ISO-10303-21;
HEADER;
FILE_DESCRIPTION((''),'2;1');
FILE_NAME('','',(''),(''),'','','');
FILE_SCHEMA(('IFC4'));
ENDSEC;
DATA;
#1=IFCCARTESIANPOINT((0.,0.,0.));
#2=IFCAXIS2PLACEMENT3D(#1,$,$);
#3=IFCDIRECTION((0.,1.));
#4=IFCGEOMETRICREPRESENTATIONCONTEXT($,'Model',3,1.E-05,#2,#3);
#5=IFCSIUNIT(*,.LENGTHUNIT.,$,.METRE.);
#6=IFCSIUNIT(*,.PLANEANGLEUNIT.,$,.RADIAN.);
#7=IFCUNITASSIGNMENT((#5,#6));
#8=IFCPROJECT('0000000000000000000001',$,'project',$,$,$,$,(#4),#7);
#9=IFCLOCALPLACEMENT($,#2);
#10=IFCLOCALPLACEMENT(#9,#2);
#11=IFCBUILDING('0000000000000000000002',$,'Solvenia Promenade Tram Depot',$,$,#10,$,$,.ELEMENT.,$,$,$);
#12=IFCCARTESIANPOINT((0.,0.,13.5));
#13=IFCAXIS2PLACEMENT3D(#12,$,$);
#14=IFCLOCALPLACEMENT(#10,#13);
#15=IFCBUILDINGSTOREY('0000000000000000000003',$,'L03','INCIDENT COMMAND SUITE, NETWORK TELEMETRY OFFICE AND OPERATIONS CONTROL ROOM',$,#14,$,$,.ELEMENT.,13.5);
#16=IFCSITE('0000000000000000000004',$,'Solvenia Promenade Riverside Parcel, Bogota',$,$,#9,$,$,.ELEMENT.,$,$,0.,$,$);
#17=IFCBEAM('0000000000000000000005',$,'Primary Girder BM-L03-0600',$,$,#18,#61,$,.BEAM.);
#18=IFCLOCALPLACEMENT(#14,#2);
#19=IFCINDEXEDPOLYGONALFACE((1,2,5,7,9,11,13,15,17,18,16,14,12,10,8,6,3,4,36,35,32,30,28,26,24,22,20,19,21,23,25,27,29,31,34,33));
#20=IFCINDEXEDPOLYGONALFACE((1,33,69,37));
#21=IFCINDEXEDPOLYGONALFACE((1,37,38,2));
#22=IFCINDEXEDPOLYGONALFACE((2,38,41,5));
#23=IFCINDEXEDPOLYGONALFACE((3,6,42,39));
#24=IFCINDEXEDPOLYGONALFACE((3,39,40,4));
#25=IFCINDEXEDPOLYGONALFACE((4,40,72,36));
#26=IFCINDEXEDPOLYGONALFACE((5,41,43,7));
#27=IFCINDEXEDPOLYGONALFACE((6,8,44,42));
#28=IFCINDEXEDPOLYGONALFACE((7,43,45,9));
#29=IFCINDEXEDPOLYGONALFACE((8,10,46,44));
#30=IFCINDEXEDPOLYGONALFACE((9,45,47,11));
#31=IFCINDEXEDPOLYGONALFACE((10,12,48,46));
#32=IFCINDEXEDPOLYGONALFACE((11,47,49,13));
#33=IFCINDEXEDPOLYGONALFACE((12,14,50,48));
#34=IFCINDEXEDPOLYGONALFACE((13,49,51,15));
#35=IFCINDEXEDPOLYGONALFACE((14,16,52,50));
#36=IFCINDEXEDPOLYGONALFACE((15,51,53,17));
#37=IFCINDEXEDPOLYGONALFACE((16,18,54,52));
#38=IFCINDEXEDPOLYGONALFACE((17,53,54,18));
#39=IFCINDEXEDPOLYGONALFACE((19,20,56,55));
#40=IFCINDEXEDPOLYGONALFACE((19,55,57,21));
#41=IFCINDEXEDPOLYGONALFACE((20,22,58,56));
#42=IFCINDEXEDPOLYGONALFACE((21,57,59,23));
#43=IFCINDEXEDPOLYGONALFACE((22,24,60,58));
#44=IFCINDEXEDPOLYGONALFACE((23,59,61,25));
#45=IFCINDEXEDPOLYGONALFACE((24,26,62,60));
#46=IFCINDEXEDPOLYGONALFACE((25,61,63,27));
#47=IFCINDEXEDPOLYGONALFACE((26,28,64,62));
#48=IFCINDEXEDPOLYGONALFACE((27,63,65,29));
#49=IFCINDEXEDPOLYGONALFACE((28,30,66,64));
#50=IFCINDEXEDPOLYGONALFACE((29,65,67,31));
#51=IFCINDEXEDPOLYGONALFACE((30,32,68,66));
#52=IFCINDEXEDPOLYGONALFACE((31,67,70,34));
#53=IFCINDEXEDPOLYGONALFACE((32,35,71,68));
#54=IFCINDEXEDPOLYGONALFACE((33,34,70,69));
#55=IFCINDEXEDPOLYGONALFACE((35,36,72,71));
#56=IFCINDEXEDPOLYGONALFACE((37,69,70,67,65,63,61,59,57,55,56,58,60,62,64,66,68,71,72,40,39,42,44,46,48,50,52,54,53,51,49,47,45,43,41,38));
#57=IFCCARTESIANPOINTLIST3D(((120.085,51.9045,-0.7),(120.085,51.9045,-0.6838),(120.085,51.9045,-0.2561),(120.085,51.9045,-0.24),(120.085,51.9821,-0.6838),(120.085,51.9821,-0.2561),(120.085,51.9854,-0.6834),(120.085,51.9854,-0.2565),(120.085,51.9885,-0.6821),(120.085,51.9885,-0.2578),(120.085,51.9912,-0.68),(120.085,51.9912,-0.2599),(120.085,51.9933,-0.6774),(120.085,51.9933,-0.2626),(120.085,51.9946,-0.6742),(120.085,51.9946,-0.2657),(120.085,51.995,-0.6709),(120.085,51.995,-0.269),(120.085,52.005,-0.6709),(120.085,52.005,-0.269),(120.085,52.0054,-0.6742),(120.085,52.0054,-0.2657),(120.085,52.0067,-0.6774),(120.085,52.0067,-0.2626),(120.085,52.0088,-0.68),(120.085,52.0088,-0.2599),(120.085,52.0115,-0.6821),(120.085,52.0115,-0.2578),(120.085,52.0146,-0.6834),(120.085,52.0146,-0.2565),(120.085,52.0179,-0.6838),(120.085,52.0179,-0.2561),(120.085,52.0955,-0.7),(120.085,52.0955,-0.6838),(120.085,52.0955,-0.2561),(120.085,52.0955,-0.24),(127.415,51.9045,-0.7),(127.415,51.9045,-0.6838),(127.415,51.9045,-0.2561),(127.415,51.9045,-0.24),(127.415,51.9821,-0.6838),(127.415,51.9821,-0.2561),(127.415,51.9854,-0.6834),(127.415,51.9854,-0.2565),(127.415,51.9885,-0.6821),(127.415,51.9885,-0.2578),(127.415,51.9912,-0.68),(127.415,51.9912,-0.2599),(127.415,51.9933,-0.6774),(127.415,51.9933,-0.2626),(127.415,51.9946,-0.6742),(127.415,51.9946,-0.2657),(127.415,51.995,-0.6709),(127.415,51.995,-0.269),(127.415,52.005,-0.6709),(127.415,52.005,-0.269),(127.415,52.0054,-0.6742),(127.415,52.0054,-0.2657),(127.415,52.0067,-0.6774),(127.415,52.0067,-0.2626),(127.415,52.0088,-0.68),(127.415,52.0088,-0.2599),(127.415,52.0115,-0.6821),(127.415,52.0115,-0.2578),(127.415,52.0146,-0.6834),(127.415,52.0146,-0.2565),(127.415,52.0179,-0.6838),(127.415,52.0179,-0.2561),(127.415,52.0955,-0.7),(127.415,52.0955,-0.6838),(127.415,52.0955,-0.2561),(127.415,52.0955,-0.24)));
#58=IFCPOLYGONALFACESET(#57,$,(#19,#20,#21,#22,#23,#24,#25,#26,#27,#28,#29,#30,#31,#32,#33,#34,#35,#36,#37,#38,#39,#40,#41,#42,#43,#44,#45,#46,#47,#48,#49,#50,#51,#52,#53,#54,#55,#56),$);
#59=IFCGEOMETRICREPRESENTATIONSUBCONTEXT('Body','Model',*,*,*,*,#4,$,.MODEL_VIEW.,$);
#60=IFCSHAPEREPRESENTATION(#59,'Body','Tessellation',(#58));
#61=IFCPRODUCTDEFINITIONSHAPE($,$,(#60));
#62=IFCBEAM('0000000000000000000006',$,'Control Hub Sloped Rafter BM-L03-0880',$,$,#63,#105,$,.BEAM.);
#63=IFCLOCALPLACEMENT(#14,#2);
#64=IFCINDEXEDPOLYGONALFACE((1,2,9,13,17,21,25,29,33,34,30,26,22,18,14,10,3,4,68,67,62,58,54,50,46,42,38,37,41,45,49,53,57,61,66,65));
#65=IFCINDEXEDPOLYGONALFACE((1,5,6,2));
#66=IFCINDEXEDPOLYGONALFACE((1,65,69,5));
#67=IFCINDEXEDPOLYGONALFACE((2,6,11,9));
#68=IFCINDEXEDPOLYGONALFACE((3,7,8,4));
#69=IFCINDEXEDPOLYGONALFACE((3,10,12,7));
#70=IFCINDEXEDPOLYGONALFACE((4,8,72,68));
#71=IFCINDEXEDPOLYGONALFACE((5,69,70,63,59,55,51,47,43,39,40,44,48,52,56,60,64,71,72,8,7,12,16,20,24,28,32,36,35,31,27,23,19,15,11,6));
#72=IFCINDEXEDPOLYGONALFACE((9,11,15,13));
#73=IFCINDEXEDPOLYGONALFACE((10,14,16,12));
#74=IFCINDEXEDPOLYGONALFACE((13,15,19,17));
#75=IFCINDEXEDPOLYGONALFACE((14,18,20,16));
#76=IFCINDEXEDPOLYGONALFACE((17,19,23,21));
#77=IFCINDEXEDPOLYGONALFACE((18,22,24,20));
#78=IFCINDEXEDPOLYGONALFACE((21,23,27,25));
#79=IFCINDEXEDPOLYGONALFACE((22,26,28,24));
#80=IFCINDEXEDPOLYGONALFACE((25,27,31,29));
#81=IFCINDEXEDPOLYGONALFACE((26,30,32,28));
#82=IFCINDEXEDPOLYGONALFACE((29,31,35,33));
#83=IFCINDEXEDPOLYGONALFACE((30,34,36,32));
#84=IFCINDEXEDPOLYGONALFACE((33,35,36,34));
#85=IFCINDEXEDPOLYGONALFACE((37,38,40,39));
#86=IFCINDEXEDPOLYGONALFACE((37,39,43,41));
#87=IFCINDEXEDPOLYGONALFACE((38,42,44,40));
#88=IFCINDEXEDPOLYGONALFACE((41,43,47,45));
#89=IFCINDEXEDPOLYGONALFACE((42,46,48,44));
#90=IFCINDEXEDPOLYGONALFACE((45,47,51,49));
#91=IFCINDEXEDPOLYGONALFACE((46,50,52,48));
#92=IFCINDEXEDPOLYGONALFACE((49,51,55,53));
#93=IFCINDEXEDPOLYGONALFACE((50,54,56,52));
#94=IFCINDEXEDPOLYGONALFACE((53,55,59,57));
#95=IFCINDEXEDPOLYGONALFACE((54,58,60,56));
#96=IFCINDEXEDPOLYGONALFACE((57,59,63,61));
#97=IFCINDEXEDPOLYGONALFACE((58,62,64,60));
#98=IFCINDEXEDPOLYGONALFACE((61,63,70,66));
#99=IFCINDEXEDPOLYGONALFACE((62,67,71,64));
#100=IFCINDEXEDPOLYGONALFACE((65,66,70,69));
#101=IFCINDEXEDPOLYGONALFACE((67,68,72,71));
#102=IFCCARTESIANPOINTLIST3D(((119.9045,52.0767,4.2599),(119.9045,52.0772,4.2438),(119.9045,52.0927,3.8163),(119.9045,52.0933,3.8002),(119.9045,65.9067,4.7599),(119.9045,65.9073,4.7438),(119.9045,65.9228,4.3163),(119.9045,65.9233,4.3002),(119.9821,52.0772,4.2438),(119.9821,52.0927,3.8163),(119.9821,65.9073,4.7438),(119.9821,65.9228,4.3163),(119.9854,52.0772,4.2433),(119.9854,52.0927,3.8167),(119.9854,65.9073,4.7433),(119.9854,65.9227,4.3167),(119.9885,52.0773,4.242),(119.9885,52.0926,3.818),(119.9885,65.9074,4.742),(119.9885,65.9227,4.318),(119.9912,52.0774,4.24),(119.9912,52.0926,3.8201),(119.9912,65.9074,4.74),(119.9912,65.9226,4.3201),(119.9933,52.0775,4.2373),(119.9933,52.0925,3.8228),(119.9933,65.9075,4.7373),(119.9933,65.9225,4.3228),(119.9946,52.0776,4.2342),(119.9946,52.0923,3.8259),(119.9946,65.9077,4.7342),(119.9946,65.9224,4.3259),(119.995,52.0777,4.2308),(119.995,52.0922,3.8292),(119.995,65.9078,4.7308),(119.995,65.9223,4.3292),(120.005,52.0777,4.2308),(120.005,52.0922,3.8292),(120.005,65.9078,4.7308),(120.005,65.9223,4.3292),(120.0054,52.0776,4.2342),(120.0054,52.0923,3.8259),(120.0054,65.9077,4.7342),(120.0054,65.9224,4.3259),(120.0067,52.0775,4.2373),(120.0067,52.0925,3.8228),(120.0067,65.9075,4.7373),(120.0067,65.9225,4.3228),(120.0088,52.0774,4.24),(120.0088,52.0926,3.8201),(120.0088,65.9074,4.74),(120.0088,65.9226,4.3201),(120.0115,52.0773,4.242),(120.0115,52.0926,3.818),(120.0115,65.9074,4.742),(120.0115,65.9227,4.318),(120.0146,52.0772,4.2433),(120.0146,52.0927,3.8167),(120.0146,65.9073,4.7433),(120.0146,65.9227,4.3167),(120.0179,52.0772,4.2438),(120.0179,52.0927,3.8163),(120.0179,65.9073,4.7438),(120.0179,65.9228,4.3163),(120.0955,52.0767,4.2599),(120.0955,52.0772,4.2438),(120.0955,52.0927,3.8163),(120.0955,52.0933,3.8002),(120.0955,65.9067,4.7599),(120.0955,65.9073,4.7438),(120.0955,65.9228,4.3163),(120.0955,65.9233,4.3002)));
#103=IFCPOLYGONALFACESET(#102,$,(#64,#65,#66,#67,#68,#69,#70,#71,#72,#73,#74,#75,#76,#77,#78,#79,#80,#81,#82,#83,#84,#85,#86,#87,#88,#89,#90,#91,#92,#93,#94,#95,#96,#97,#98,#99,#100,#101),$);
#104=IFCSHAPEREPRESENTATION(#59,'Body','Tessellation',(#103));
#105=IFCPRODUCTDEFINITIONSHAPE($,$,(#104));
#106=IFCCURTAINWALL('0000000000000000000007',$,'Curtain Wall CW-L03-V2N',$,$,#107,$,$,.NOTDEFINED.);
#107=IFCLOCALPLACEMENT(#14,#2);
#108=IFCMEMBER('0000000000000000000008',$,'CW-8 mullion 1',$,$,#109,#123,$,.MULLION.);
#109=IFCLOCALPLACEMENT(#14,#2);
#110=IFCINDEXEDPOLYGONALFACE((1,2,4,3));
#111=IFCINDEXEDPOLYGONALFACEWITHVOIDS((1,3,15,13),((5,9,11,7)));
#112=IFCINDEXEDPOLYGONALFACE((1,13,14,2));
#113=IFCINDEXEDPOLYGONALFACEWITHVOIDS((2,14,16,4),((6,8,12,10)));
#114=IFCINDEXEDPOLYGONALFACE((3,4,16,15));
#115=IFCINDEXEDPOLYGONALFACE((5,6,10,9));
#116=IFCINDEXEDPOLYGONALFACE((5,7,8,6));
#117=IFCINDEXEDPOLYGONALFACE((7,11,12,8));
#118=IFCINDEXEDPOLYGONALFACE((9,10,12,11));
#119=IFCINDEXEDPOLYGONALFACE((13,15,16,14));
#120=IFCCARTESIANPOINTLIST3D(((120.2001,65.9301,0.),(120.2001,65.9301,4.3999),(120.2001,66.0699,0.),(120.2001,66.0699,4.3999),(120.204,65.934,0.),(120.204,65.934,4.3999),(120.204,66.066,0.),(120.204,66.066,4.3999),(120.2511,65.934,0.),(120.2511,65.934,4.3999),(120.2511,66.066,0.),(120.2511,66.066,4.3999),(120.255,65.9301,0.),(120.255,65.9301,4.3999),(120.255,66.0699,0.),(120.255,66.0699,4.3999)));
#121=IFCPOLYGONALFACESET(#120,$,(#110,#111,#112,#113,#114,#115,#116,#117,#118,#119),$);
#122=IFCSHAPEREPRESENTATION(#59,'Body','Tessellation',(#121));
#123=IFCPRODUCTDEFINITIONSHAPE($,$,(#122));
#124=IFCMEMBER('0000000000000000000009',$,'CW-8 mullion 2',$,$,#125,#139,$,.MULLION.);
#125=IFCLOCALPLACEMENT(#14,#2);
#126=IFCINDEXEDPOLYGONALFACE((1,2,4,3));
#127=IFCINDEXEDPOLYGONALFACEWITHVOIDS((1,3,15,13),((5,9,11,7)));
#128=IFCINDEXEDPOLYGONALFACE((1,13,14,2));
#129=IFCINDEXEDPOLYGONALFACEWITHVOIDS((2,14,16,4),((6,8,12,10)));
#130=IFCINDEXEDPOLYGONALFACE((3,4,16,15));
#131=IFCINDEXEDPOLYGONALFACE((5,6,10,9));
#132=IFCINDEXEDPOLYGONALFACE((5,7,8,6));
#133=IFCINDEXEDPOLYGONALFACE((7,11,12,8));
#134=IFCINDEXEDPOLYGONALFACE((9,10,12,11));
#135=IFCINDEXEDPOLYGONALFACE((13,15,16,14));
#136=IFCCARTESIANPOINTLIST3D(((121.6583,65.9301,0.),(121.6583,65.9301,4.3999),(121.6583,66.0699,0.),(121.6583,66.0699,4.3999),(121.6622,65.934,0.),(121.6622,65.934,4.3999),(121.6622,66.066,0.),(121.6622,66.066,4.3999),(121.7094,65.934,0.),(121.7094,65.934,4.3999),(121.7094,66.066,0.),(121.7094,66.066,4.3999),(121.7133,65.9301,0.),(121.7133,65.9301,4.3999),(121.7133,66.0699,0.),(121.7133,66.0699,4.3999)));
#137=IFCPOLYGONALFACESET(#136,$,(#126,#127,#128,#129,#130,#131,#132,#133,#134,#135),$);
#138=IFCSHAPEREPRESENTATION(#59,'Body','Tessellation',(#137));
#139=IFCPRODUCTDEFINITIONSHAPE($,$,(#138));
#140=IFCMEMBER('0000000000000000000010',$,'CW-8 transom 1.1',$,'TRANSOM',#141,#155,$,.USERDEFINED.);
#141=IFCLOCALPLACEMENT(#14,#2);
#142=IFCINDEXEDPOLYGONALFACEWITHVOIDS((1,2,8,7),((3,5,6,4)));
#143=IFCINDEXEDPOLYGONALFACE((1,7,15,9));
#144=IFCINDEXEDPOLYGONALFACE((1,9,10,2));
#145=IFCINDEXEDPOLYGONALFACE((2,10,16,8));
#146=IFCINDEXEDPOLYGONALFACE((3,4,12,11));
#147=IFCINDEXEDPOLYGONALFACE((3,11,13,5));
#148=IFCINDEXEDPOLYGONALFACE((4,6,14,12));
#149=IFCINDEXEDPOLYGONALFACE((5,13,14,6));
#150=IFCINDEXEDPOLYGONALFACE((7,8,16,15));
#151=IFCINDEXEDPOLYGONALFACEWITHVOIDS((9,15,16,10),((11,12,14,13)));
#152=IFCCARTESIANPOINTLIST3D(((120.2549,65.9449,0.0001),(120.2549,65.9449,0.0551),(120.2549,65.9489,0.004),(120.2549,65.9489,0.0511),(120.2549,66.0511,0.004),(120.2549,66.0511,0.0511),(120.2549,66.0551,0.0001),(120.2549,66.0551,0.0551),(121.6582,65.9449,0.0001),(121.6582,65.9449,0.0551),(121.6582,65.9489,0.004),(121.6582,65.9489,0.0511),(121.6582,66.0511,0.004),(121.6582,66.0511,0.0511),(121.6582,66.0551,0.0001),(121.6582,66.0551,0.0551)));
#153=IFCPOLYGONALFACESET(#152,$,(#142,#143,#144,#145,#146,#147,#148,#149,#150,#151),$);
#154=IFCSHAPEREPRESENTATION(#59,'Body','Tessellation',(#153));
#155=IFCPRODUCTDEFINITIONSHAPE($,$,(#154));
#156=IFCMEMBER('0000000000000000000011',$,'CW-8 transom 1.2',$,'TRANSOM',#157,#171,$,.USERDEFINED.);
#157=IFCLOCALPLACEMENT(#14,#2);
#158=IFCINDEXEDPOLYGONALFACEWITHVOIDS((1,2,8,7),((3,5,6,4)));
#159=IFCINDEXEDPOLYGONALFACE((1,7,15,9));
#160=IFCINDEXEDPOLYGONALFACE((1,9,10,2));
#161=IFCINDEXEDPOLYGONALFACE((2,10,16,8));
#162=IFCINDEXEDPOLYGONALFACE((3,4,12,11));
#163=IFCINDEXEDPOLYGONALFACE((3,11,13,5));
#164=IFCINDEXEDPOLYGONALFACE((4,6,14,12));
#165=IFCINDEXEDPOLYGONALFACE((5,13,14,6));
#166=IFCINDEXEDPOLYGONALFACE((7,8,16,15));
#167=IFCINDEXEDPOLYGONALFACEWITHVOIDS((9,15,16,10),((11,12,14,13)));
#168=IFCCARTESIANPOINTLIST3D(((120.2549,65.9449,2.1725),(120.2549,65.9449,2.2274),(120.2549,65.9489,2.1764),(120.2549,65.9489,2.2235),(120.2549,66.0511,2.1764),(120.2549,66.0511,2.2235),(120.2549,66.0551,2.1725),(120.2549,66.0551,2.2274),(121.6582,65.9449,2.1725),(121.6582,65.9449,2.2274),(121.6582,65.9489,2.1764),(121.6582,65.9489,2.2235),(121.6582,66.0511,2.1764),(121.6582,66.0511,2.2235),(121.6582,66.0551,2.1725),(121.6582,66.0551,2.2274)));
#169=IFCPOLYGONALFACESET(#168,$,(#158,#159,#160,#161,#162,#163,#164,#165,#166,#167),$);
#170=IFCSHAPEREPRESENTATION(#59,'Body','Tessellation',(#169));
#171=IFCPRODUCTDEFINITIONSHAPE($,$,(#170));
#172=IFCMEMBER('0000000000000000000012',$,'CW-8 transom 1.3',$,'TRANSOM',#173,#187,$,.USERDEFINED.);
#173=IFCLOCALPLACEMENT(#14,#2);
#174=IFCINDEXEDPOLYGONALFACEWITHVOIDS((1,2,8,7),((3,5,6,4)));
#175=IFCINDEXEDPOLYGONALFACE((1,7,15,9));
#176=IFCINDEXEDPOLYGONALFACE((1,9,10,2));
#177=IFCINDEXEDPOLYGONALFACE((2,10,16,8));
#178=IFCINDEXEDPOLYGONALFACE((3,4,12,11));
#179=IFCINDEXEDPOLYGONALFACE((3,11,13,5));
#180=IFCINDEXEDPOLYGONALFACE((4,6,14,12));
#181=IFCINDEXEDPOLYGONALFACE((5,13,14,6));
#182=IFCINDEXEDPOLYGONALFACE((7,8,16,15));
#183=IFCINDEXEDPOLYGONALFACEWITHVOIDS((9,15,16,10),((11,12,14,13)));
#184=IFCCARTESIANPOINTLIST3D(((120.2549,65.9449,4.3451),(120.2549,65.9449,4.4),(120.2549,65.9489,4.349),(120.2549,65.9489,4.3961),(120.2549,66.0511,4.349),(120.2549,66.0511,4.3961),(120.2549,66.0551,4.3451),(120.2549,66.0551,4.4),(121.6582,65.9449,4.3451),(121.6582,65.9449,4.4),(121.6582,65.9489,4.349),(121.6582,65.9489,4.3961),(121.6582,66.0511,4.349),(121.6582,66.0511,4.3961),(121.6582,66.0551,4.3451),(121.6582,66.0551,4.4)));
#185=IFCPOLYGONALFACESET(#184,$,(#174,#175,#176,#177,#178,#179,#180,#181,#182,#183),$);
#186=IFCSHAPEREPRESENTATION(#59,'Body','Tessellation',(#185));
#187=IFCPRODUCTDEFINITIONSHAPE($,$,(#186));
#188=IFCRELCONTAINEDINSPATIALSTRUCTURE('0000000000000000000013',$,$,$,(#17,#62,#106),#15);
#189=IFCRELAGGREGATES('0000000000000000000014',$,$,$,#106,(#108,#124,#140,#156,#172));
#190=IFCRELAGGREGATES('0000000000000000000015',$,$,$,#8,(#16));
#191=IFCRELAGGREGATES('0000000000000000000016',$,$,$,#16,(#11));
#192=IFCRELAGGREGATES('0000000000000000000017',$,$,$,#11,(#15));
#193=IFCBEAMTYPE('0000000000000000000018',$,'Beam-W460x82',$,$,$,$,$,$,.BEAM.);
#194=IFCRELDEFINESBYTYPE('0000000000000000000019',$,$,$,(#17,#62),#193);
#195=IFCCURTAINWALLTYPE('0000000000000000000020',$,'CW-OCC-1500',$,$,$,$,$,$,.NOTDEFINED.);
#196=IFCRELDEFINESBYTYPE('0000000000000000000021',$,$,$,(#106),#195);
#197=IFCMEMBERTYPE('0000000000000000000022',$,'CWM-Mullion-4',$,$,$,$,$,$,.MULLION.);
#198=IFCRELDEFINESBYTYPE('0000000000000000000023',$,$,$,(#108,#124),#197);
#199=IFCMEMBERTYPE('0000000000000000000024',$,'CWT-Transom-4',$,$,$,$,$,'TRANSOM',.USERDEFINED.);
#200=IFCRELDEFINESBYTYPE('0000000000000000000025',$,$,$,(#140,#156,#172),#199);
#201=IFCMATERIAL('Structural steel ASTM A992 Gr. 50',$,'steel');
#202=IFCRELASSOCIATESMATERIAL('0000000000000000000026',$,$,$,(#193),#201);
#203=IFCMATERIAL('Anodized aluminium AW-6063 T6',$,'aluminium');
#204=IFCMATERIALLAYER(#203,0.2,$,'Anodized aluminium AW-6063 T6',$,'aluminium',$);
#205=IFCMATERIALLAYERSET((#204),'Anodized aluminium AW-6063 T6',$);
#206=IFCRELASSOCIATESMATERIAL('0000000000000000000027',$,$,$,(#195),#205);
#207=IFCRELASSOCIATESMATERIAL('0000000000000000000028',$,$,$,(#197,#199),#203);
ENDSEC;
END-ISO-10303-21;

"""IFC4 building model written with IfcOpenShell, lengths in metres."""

from ifc_helpers import new_model, si_unit, direction, frame, origin, origin_2d, place, context, subcontext, project, spatial, hollow_rectangle, i_section, extrude, material, layer, layer_set, material_profile, profile_set, type_object, element, aggregate, save


model = new_model("IFC4")

# Units and contexts
model_context = context("Model", 3, precision=1e-05, world=origin(), true_north=direction((0.0, 1.0)))
body_context = subcontext(model_context, "Body", "Model", "MODEL_VIEW")
ifc_project = project(units=[si_unit("LENGTHUNIT", "METRE"), si_unit("PLANEANGLEUNIT", "RADIAN")], contexts=[model_context])

# Site, building, storey
site_placement = place(None, origin())
site = spatial("IfcSite", under=ifc_project, at=site_placement, Name="Solvenia Promenade Riverside Parcel, Bogota", CompositionType="ELEMENT", RefElevation=0.0)
building_placement = place(site_placement, origin())
building = spatial("IfcBuilding", under=site, at=building_placement, Name="Solvenia Promenade Tram Depot", CompositionType="ELEMENT")
storey_placement = place(building_placement, frame((0.0, 0.0, 13.5)))
storey = spatial("IfcBuildingStorey", under=building, at=storey_placement, Name="L03", Description="INCIDENT COMMAND SUITE, NETWORK TELEMETRY OFFICE AND OPERATIONS CONTROL ROOM", CompositionType="ELEMENT", Elevation=13.5)

# Beams
ifc_material_1 = material(Name="Structural steel ASTM A992 Gr. 50", Category="steel")
ifc_material_profile_1 = material_profile(ifc_material_1, i_section(OverallWidth=0.1909, OverallDepth=0.46, WebThickness=0.01, FlangeThickness=0.0161, FilletRadius=0.0129, at=origin_2d()), Name="W460x82", Category="steel")
ifc_profile_set_1 = profile_set([ifc_material_profile_1], Name="Structural steel ASTM A992 Gr. 50")
beam_type_1 = type_object("IfcBeamType", Name="Beam-W460x82", PredefinedType="BEAM", material=ifc_profile_set_1)
beam_1_placement = place(storey_placement, frame((120.085, 52.0, -0.47), z_axis=(1.0, 0.0, 0.0), x_axis=(0.0, 1.0, 0.0)))
element("IfcBeam", 1, at=beam_1_placement, inside=storey, type_object=beam_type_1, Name="Primary Girder BM-L03-0600", PredefinedType="BEAM", context=body_context, shape_type="SweptSolid", body=[
    extrude(i_section(OverallWidth=0.1909, OverallDepth=0.46, WebThickness=0.01, FlangeThickness=0.0161, FilletRadius=0.0129, at=origin_2d()), origin(), (0.0, 0.0, 1.0), 7.3301),
])
beam_2_placement = place(storey_placement, frame((120.0, 52.085, 4.03), z_axis=(0.0, 0.999347, 0.036129), x_axis=(-1.0, 0.0, 0.0)))
element("IfcBeam", 2, at=beam_2_placement, inside=storey, type_object=beam_type_1, Name="Control Hub Sloped Rafter BM-L03-0880", PredefinedType="BEAM", context=body_context, shape_type="SweptSolid", body=[
    extrude(i_section(OverallWidth=0.1909, OverallDepth=0.46, WebThickness=0.01, FlangeThickness=0.0161, FilletRadius=0.0129, at=origin_2d()), origin(), (0.0, 0.0, 1.0), 13.8391),
])

# Curtain wall, members
ifc_material_2 = material(Name="Anodized aluminium AW-6063 T6", Category="aluminium")
ifc_layer_1 = layer(ifc_material_2, 0.2, Name="Anodized aluminium AW-6063 T6", Category="aluminium")
ifc_layer_set_1 = layer_set([ifc_layer_1], Name="Anodized aluminium AW-6063 T6")
curtain_wall_type = type_object("IfcCurtainWallType", Name="CW-OCC-1500", PredefinedType="NOTDEFINED", material=ifc_layer_set_1)
curtain_wall_placement = place(storey_placement, origin())
curtain_wall = element("IfcCurtainWall", 3, at=curtain_wall_placement, inside=storey, type_object=curtain_wall_type, Name="Curtain Wall CW-L03-V2N", PredefinedType="NOTDEFINED")
ifc_material_profile_2 = material_profile(ifc_material_2, hollow_rectangle(XDim=0.1399, YDim=0.0549, WallThickness=0.0039, at=origin_2d()), Name="ALU-M4", Category="aluminium")
ifc_profile_set_2 = profile_set([ifc_material_profile_2], Name="Anodized aluminium AW-6063 T6")
member_type_1 = type_object("IfcMemberType", Name="CWM-Mullion-4", PredefinedType="MULLION", material=ifc_profile_set_2)
member_1_placement = place(storey_placement, frame((120.2275, 66.0, 0.0), z_axis=(0.0, 0.0, 1.0), x_axis=(0.0, 1.0, 0.0)))
member_1 = element("IfcMember", 4, at=member_1_placement, type_object=member_type_1, Name="CW-8 mullion 1", PredefinedType="MULLION", context=body_context, shape_type="SweptSolid", body=[
    extrude(hollow_rectangle(XDim=0.1399, YDim=0.0549, WallThickness=0.0039, at=origin_2d()), origin(), (0.0, 0.0, 1.0), 4.3999),
])
member_2_placement = place(storey_placement, frame((121.6858, 66.0, 0.0), z_axis=(0.0, 0.0, 1.0), x_axis=(0.0, 1.0, 0.0)))
member_2 = element("IfcMember", 5, at=member_2_placement, type_object=member_type_1, Name="CW-8 mullion 2", PredefinedType="MULLION", context=body_context, shape_type="SweptSolid", body=[
    extrude(hollow_rectangle(XDim=0.1399, YDim=0.0549, WallThickness=0.0039, at=origin_2d()), origin(), (0.0, 0.0, 1.0), 4.3999),
])
ifc_material_profile_3 = material_profile(ifc_material_2, hollow_rectangle(XDim=0.1101, YDim=0.0549, WallThickness=0.0039, at=origin_2d()), Name="ALU-T4", Category="aluminium")
ifc_profile_set_3 = profile_set([ifc_material_profile_3], Name="Anodized aluminium AW-6063 T6")
member_type_2 = type_object("IfcMemberType", Name="CWT-Transom-4", ElementType="TRANSOM", PredefinedType="USERDEFINED", material=ifc_profile_set_3)
member_3_placement = place(storey_placement, frame((120.2549, 66.0, 0.0276), z_axis=(1.0, 0.0, 0.0), x_axis=(0.0, 1.0, 0.0)))
member_3 = element("IfcMember", 6, at=member_3_placement, type_object=member_type_2, Name="CW-8 transom 1.1", ObjectType="TRANSOM", PredefinedType="USERDEFINED", context=body_context, shape_type="SweptSolid", body=[
    extrude(hollow_rectangle(XDim=0.1101, YDim=0.0549, WallThickness=0.0039, at=origin_2d()), origin(), (0.0, 0.0, 1.0), 1.4033),
])
member_4_placement = place(storey_placement, frame((120.2549, 66.0, 2.2), z_axis=(1.0, 0.0, 0.0), x_axis=(0.0, 1.0, 0.0)))
member_4 = element("IfcMember", 7, at=member_4_placement, type_object=member_type_2, Name="CW-8 transom 1.2", ObjectType="TRANSOM", PredefinedType="USERDEFINED", context=body_context, shape_type="SweptSolid", body=[
    extrude(hollow_rectangle(XDim=0.1101, YDim=0.0549, WallThickness=0.0039, at=origin_2d()), origin(), (0.0, 0.0, 1.0), 1.4033),
])
member_5_placement = place(storey_placement, frame((120.2549, 66.0, 4.3726), z_axis=(1.0, 0.0, 0.0), x_axis=(0.0, 1.0, 0.0)))
member_5 = element("IfcMember", 8, at=member_5_placement, type_object=member_type_2, Name="CW-8 transom 1.3", ObjectType="TRANSOM", PredefinedType="USERDEFINED", context=body_context, shape_type="SweptSolid", body=[
    extrude(hollow_rectangle(XDim=0.1101, YDim=0.0549, WallThickness=0.0039, at=origin_2d()), origin(), (0.0, 0.0, 1.0), 1.4033),
])

aggregate(curtain_wall, [member_1, member_2, member_3, member_4, member_5])

save(model, "model.ifc")
